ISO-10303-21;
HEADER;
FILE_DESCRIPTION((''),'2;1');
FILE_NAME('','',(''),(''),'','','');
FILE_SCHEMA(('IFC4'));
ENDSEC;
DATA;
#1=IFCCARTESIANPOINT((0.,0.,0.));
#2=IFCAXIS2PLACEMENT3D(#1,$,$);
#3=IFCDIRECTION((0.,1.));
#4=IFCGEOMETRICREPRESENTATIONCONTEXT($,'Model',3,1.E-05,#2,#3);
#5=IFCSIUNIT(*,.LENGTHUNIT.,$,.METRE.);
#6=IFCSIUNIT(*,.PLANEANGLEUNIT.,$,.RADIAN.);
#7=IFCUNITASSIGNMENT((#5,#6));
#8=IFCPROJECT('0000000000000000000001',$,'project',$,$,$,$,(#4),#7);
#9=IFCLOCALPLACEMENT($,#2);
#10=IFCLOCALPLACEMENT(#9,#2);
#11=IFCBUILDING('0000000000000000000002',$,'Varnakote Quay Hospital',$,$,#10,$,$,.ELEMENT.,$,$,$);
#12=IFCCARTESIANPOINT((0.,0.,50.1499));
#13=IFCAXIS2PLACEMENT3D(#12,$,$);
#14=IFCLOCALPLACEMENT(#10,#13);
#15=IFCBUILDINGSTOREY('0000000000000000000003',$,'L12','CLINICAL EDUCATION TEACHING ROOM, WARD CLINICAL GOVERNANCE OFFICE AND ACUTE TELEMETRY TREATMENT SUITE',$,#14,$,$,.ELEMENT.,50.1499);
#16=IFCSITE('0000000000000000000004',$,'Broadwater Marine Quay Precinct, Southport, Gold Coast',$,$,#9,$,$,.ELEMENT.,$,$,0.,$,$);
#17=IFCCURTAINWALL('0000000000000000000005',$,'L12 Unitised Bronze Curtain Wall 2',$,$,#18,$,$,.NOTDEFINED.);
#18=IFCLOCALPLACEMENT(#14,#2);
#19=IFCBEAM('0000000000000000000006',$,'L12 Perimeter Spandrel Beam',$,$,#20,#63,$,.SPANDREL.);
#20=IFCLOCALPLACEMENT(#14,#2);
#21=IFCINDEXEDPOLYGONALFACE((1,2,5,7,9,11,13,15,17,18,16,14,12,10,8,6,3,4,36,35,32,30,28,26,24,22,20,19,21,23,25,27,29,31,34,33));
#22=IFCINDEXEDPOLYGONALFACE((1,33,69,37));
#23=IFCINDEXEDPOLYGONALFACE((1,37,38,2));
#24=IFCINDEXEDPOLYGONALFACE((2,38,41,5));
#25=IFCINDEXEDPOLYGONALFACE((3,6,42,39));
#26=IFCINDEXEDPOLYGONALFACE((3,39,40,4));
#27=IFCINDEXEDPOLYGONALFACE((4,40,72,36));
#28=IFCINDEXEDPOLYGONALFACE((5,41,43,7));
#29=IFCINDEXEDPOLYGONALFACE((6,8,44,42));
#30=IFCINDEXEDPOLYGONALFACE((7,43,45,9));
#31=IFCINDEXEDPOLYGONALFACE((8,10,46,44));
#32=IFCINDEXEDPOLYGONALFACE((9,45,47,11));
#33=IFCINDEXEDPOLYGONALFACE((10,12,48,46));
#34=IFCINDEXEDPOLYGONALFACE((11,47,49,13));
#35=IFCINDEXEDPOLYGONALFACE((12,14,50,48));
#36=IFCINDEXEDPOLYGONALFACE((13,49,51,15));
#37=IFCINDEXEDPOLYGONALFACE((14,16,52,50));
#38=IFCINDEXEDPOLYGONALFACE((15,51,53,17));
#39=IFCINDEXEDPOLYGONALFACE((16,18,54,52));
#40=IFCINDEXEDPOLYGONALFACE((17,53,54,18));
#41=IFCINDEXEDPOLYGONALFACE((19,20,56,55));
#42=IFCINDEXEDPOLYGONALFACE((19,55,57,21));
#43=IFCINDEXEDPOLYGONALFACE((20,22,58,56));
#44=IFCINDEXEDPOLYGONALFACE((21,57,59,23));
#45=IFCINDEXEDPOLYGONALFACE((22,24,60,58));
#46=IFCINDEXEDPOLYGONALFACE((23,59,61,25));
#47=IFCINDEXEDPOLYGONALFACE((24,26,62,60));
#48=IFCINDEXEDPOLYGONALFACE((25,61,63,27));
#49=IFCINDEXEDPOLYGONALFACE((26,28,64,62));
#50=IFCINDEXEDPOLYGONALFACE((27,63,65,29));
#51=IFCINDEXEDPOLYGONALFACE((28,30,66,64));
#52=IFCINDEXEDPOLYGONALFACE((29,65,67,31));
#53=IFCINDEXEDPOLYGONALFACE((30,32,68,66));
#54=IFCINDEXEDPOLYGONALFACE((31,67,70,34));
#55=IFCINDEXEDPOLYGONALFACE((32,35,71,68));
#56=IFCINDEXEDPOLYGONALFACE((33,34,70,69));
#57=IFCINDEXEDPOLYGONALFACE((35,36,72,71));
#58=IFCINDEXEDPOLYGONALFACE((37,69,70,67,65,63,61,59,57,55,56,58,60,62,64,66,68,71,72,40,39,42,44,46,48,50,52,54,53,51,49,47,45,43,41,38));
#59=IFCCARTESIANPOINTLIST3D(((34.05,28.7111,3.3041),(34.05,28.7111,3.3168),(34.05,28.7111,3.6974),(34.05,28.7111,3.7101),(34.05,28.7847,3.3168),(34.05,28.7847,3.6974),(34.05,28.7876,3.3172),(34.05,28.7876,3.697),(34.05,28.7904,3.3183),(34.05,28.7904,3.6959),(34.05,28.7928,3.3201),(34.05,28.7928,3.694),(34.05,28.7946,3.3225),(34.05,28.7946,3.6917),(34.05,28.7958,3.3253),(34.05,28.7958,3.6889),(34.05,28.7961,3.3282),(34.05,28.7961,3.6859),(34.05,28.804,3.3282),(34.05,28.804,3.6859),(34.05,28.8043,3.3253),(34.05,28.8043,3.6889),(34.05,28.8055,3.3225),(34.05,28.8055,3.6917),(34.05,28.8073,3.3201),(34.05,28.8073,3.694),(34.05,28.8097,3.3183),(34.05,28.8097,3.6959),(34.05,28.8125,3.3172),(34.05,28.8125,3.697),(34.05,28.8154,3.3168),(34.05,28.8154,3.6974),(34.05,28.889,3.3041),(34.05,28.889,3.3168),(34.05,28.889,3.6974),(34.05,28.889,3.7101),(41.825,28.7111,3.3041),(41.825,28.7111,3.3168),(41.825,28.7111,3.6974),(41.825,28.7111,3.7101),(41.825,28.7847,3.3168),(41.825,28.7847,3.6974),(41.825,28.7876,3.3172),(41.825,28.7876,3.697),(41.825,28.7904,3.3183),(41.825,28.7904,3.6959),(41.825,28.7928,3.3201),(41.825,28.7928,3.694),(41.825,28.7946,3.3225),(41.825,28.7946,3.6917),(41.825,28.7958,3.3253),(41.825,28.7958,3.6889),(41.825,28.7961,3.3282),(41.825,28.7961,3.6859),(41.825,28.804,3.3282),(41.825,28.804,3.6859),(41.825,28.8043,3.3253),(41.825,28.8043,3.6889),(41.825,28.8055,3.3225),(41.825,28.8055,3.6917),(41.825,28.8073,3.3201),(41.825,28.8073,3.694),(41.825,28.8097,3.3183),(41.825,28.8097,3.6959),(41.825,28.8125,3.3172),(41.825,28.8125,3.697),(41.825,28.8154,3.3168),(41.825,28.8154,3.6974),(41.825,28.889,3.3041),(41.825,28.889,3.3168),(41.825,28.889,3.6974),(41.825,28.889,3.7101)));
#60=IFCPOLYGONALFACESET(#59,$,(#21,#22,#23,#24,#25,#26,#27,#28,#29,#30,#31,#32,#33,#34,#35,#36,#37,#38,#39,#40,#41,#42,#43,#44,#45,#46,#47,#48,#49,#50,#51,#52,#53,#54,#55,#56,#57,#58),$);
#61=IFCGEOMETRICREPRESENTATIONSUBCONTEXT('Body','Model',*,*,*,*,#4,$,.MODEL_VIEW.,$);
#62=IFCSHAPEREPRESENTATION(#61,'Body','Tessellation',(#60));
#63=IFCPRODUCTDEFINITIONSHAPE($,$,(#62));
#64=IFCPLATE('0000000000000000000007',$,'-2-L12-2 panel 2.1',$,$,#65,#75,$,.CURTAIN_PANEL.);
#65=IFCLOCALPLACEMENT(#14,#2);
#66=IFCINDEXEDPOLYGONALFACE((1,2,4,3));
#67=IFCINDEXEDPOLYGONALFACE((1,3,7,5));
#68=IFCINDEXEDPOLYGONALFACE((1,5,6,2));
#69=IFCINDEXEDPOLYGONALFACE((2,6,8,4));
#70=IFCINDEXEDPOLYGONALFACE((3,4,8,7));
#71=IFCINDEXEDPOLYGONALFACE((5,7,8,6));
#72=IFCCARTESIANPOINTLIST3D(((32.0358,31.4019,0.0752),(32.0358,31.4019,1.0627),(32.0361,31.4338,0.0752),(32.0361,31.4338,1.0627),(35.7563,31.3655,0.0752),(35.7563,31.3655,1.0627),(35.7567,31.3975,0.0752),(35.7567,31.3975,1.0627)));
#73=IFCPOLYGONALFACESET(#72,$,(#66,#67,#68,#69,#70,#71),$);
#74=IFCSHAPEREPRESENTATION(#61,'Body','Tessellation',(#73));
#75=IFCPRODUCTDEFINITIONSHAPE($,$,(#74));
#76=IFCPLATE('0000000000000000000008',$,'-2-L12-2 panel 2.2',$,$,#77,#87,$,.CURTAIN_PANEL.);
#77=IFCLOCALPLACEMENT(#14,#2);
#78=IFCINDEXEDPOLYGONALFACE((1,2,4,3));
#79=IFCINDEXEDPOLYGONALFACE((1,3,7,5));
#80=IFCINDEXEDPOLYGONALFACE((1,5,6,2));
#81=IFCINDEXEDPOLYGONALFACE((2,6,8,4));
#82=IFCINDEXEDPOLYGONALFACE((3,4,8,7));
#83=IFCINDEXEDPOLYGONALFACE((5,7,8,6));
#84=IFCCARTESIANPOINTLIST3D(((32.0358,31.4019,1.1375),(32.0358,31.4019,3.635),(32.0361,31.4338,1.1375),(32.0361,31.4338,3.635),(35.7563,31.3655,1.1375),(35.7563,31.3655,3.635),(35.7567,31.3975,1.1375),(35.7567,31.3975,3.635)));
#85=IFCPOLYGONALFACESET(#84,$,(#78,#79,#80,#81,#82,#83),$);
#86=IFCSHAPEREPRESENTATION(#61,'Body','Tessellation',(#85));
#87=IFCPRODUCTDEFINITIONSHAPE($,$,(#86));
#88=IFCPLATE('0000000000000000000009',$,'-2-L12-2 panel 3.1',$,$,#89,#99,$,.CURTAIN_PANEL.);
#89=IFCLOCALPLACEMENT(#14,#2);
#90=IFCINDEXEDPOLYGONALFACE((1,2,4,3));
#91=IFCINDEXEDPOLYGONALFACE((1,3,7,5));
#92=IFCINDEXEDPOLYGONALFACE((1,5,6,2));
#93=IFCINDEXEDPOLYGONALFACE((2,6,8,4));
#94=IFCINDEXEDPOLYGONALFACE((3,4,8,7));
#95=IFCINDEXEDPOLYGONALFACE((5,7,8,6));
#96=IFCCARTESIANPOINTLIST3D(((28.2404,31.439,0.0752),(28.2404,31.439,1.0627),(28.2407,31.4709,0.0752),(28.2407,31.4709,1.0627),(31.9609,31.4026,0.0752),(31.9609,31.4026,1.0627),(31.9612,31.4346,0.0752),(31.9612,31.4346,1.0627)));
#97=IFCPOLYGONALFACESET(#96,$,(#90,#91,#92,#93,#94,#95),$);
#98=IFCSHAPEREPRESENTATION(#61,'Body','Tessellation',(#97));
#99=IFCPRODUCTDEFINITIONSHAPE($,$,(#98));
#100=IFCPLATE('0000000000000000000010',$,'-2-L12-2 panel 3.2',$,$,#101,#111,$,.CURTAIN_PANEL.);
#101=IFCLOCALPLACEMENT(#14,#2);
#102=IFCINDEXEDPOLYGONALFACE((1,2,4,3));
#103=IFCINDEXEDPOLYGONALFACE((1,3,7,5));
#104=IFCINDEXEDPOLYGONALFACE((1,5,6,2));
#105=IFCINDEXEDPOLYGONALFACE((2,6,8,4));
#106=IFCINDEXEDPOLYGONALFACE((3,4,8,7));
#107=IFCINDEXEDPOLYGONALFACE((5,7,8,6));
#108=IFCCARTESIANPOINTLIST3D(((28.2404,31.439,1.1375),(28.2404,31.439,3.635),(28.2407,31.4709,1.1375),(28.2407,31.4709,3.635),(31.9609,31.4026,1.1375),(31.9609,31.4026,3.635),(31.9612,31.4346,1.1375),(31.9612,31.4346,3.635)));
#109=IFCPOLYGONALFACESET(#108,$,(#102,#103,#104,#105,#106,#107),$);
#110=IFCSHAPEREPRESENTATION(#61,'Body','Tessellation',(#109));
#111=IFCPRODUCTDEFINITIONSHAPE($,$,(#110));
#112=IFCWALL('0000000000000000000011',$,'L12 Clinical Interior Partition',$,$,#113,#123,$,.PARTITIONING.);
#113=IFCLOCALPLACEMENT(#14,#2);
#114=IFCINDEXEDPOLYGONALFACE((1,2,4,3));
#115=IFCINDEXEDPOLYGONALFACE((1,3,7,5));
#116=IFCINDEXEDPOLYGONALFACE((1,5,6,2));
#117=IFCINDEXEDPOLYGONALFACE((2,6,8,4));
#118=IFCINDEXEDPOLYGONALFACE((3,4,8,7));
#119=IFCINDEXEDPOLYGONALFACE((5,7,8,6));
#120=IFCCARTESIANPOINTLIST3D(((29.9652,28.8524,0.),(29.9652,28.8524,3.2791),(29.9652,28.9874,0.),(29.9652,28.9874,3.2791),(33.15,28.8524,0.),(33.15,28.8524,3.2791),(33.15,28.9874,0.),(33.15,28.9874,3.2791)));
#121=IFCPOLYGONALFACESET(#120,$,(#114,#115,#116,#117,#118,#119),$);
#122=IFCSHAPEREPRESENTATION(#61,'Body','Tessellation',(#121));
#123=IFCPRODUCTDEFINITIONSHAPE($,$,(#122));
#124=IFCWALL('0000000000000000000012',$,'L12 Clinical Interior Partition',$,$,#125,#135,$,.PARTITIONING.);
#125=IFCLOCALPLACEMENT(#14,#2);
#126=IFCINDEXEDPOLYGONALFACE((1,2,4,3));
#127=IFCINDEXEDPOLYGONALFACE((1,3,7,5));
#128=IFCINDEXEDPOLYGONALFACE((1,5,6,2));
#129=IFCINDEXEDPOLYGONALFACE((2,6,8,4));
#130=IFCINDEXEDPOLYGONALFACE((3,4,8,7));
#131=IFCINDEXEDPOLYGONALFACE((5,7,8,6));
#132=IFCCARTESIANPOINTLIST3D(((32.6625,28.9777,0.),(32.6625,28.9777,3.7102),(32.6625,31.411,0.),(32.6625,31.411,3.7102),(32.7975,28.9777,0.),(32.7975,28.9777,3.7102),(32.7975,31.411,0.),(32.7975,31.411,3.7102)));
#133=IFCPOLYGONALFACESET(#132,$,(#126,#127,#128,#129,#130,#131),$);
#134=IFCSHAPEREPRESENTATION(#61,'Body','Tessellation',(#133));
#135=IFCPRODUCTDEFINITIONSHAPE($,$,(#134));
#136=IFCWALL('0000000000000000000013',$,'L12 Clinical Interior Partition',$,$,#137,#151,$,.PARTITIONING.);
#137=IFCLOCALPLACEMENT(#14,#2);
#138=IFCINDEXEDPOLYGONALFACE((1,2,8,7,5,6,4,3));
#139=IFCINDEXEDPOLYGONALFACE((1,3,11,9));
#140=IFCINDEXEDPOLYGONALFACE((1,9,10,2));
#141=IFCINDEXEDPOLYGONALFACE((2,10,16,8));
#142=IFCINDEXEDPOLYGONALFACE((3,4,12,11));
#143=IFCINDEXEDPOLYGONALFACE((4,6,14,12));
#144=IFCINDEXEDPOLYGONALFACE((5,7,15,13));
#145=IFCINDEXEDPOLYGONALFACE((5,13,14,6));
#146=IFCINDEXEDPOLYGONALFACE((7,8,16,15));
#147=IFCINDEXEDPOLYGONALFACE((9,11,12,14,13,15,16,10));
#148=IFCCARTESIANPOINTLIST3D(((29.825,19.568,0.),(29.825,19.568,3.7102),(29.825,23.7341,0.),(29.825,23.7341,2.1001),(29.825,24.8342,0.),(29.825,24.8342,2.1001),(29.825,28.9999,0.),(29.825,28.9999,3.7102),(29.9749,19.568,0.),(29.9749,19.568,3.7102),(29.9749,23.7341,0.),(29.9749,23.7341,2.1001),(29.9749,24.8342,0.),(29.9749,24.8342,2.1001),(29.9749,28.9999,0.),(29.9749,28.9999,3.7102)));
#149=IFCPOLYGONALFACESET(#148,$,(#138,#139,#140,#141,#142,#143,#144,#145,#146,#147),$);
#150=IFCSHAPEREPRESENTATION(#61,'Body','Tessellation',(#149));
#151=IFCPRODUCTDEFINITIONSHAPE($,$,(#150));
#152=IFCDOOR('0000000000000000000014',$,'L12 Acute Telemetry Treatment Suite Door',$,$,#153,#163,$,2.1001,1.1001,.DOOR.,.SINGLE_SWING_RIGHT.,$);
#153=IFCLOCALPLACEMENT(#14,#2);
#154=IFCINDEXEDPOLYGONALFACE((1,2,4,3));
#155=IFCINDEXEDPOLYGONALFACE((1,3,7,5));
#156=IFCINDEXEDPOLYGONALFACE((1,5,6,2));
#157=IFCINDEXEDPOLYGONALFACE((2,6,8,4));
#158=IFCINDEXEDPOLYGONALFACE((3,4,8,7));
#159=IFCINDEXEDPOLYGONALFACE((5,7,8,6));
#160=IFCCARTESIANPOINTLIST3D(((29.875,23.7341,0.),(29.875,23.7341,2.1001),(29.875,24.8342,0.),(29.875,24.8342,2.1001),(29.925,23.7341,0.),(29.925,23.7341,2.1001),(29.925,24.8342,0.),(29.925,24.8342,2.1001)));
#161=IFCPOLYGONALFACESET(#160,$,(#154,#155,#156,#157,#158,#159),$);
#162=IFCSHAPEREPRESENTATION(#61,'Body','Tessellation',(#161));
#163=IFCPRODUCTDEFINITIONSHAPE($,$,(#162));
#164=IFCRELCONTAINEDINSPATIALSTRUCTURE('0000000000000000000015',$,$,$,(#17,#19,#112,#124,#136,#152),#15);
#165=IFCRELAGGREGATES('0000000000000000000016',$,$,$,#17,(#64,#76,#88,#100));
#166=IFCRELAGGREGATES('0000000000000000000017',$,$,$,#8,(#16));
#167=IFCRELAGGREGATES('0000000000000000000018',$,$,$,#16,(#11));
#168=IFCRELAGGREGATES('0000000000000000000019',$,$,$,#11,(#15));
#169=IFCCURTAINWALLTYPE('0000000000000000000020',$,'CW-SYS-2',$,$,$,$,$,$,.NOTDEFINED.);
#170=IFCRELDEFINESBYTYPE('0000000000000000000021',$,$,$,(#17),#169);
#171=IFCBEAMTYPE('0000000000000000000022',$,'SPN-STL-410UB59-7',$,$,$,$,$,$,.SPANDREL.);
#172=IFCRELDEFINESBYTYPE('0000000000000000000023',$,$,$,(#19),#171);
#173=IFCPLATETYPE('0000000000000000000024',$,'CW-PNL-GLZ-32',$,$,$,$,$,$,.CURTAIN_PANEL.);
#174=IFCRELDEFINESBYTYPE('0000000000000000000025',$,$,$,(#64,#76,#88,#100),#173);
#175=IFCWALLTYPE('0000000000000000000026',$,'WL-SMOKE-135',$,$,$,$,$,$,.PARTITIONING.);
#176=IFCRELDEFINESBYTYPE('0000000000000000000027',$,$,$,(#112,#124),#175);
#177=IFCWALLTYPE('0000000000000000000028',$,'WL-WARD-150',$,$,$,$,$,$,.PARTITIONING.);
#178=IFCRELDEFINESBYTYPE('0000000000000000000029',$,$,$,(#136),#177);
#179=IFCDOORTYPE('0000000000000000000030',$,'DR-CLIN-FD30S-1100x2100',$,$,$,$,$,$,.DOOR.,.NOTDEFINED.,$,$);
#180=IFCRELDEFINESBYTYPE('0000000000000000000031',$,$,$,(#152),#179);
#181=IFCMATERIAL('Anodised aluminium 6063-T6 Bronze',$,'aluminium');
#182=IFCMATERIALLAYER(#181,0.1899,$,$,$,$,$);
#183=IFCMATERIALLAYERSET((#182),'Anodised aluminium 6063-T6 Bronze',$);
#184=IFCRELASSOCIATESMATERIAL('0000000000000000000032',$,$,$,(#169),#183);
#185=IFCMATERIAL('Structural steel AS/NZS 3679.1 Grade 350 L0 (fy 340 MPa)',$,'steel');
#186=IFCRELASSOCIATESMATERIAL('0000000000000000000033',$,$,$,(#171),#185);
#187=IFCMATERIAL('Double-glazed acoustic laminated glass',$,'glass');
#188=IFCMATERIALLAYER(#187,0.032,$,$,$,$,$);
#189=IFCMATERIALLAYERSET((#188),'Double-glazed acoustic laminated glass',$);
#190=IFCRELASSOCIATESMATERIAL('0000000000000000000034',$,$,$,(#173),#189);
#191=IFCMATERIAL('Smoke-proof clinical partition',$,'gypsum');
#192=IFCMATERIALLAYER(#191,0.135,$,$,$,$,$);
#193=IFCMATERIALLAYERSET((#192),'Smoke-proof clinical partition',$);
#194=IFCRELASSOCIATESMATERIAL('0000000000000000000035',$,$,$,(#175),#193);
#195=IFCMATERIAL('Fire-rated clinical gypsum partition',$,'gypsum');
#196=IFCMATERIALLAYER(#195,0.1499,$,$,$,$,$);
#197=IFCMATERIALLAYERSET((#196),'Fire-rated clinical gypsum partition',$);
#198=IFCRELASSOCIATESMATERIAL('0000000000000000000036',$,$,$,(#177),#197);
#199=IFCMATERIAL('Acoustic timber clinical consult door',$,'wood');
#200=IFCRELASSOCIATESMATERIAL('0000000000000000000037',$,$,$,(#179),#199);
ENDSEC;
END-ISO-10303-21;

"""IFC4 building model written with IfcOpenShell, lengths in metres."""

from ifc_helpers import new_model, si_unit, direction, frame, frame_2d, origin, origin_2d, place, context, subcontext, project, spatial, rectangle, i_section, extrude, material, layer, layer_set, material_profile, profile_set, type_object, element, fill, aggregate, save


model = new_model("IFC4")

# Units and contexts
model_context = context("Model", 3, precision=1e-05, world=origin(), true_north=direction((0.0, 1.0)))
body_context = subcontext(model_context, "Body", "Model", "MODEL_VIEW")
ifc_project = project(units=[si_unit("LENGTHUNIT", "METRE"), si_unit("PLANEANGLEUNIT", "RADIAN")], contexts=[model_context])

# Site, building, storey
site_placement = place(None, origin())
site = spatial("IfcSite", under=ifc_project, at=site_placement, Name="Broadwater Marine Quay Precinct, Southport, Gold Coast", CompositionType="ELEMENT", RefElevation=0.0)
building_placement = place(site_placement, origin())
building = spatial("IfcBuilding", under=site, at=building_placement, Name="Varnakote Quay Hospital", CompositionType="ELEMENT")
storey_placement = place(building_placement, frame((0.0, 0.0, 50.1499)))
storey = spatial("IfcBuildingStorey", under=building, at=storey_placement, Name="L12", Description="CLINICAL EDUCATION TEACHING ROOM, WARD CLINICAL GOVERNANCE OFFICE AND ACUTE TELEMETRY TREATMENT SUITE", CompositionType="ELEMENT", Elevation=50.1499)

# Curtain wall
ifc_material_1 = material(Name="Anodised aluminium 6063-T6 Bronze", Category="aluminium")
ifc_layer_1 = layer(ifc_material_1, 0.1899)
ifc_layer_set_1 = layer_set([ifc_layer_1], Name="Anodised aluminium 6063-T6 Bronze")
curtain_wall_type = type_object("IfcCurtainWallType", Name="CW-SYS-2", PredefinedType="NOTDEFINED", material=ifc_layer_set_1)
curtain_wall_placement = place(storey_placement, origin())
curtain_wall = element("IfcCurtainWall", 1, at=curtain_wall_placement, inside=storey, type_object=curtain_wall_type, Name="L12 Unitised Bronze Curtain Wall 2", PredefinedType="NOTDEFINED")

# Beam
ifc_material_2 = material(Name="Structural steel AS/NZS 3679.1 Grade 350 L0 (fy 340 MPa)", Category="steel")
ifc_material_profile_1 = material_profile(ifc_material_2, i_section(OverallWidth=0.178, OverallDepth=0.406, WebThickness=0.0078, FlangeThickness=0.0127, FilletRadius=0.0115, at=origin_2d()), Name="410UB59.7")
ifc_profile_set_1 = profile_set([ifc_material_profile_1], Name="Structural steel AS/NZS 3679.1 Grade 350 L0 (fy 340 MPa)")
beam_type_1 = type_object("IfcBeamType", Name="SPN-STL-410UB59-7", PredefinedType="SPANDREL", material=ifc_profile_set_1)
beam_1_placement = place(storey_placement, frame((34.05, 28.8, 3.5071), z_axis=(1.0, 0.0, 0.0), x_axis=(0.0, 1.0, 0.0)))
element("IfcBeam", 2, at=beam_1_placement, inside=storey, type_object=beam_type_1, Name="L12 Perimeter Spandrel Beam", PredefinedType="SPANDREL", context=body_context, shape_type="SweptSolid", body=[
    extrude(i_section(OverallWidth=0.178, OverallDepth=0.406, WebThickness=0.0078, FlangeThickness=0.0127, FilletRadius=0.0115, at=origin_2d()), origin(), (0.0, 0.0, 1.0), 7.7749),
])

# Plates
ifc_material_3 = material(Name="Double-glazed acoustic laminated glass", Category="glass")
ifc_layer_2 = layer(ifc_material_3, 0.032)
ifc_layer_set_2 = layer_set([ifc_layer_2], Name="Double-glazed acoustic laminated glass")
plate_type = type_object("IfcPlateType", Name="CW-PNL-GLZ-32", PredefinedType="CURTAIN_PANEL", material=ifc_layer_set_2)
plate_1_placement = place(storey_placement, frame((33.8962, 31.3997, 0.0752), z_axis=(0.0, 0.0, 1.0), x_axis=(-0.999952, 0.009774, 0.0)))
plate_1 = element("IfcPlate", 3, at=plate_1_placement, type_object=plate_type, Name="-2-L12-2 panel 2.1", PredefinedType="CURTAIN_PANEL", context=body_context, shape_type="SweptSolid", body=[
    extrude(rectangle(XDim=3.7207, YDim=0.032, at=origin_2d()), origin(), (0.0, 0.0, 1.0), 0.9875),
])
plate_2_placement = place(storey_placement, frame((33.8962, 31.3997, 1.1375), z_axis=(0.0, 0.0, 1.0), x_axis=(-0.999952, 0.009774, 0.0)))
plate_2 = element("IfcPlate", 4, at=plate_2_placement, type_object=plate_type, Name="-2-L12-2 panel 2.2", PredefinedType="CURTAIN_PANEL", context=body_context, shape_type="SweptSolid", body=[
    extrude(rectangle(XDim=3.7207, YDim=0.032, at=origin_2d()), origin(), (0.0, 0.0, 1.0), 2.4976),
])
plate_3_placement = place(storey_placement, frame((30.1008, 31.4368, 0.0752), z_axis=(0.0, 0.0, 1.0), x_axis=(-0.999952, 0.009774, 0.0)))
plate_3 = element("IfcPlate", 5, at=plate_3_placement, type_object=plate_type, Name="-2-L12-2 panel 3.1", PredefinedType="CURTAIN_PANEL", context=body_context, shape_type="SweptSolid", body=[
    extrude(rectangle(XDim=3.7207, YDim=0.032, at=origin_2d()), origin(), (0.0, 0.0, 1.0), 0.9875),
])
plate_4_placement = place(storey_placement, frame((30.1008, 31.4368, 1.1375), z_axis=(0.0, 0.0, 1.0), x_axis=(-0.999952, 0.009774, 0.0)))
plate_4 = element("IfcPlate", 6, at=plate_4_placement, type_object=plate_type, Name="-2-L12-2 panel 3.2", PredefinedType="CURTAIN_PANEL", context=body_context, shape_type="SweptSolid", body=[
    extrude(rectangle(XDim=3.7207, YDim=0.032, at=origin_2d()), origin(), (0.0, 0.0, 1.0), 2.4976),
])
aggregate(curtain_wall, [plate_1, plate_2, plate_3, plate_4])

# Walls
ifc_material_4 = material(Name="Smoke-proof clinical partition", Category="gypsum")
ifc_layer_3 = layer(ifc_material_4, 0.135)
ifc_layer_set_3 = layer_set([ifc_layer_3], Name="Smoke-proof clinical partition")
wall_type_1 = type_object("IfcWallType", Name="WL-SMOKE-135", PredefinedType="PARTITIONING", material=ifc_layer_set_3)
wall_1_placement = place(storey_placement, frame((33.1499, 28.9199, 0.0), z_axis=(0.0, 0.0, 1.0), x_axis=(-1.0, 0.0, 0.0)))
element("IfcWall", 7, at=wall_1_placement, inside=storey, type_object=wall_type_1, Name="L12 Clinical Interior Partition", PredefinedType="PARTITIONING", context=body_context, shape_type="SweptSolid", body=[
    extrude(rectangle(XDim=3.1848, YDim=0.135, at=frame_2d((1.5923, 0.0))), origin(), (0.0, 0.0, 1.0), 3.2791),
])
wall_2_placement = place(storey_placement, frame((32.73, 28.9775, 0.0), z_axis=(0.0, 0.0, 1.0), x_axis=(0.0, 1.0, 0.0)))
element("IfcWall", 8, at=wall_2_placement, inside=storey, type_object=wall_type_1, Name="L12 Clinical Interior Partition", PredefinedType="PARTITIONING", context=body_context, shape_type="SweptSolid", body=[
    extrude(rectangle(XDim=2.4333, YDim=0.135, at=frame_2d((1.2168, 0.0))), origin(), (0.0, 0.0, 1.0), 3.7102),
])

# Wall, opening, door
ifc_material_5 = material(Name="Fire-rated clinical gypsum partition", Category="gypsum")
ifc_layer_4 = layer(ifc_material_5, 0.1499)
ifc_layer_set_4 = layer_set([ifc_layer_4], Name="Fire-rated clinical gypsum partition")
wall_type_2 = type_object("IfcWallType", Name="WL-WARD-150", PredefinedType="PARTITIONING", material=ifc_layer_set_4)
wall_3_placement = place(storey_placement, frame((29.8999, 19.5681, 0.0), z_axis=(0.0, 0.0, 1.0), x_axis=(0.0, 1.0, 0.0)))
wall_3 = element("IfcWall", 9, at=wall_3_placement, inside=storey, type_object=wall_type_2, Name="L12 Clinical Interior Partition", PredefinedType="PARTITIONING", context=body_context, shape_type="SweptSolid", body=[
    extrude(rectangle(XDim=9.4319, YDim=0.1499, at=frame_2d((4.7158, 0.0))), origin(), (0.0, 0.0, 1.0), 3.7102),
])
opening_1_placement = place(wall_3_placement, frame((4.166, 0.0, 0.0)))
opening_1 = element("IfcOpeningElement", 10, at=opening_1_placement, cuts=wall_3, PredefinedType="OPENING", context=body_context, shape_type="SweptSolid", body=[
    extrude(rectangle(XDim=1.1001, YDim=2.1001, at=frame_2d((0.55, 1.05))), frame((0.0, 0.085, 0.0), z_axis=(0.0, -1.0, 0.0), x_axis=(1.0, 0.0, 0.0)), (0.0, 0.0, 1.0), 0.1699),
])
ifc_material_6 = material(Name="Acoustic timber clinical consult door", Category="wood")
door_type = type_object("IfcDoorType", Name="DR-CLIN-FD30S-1100x2100", OperationType="NOTDEFINED", PredefinedType="DOOR", material=ifc_material_6)
door_1_placement = place(opening_1_placement, origin())
door_1 = element("IfcDoor", 11, at=door_1_placement, inside=storey, type_object=door_type, Name="L12 Acute Telemetry Treatment Suite Door", OperationType="SINGLE_SWING_RIGHT", OverallHeight=2.1001, OverallWidth=1.1001, PredefinedType="DOOR", context=body_context, shape_type="SweptSolid", body=[
    extrude(rectangle(XDim=1.1001, YDim=2.1001, at=frame_2d((0.55, 1.05))), frame((0.0, 0.0249, 0.0), z_axis=(0.0, -1.0, 0.0), x_axis=(1.0, 0.0, 0.0)), (0.0, 0.0, 1.0), 0.05),
])
fill(opening_1, door_1)

save(model, "model.ifc")
